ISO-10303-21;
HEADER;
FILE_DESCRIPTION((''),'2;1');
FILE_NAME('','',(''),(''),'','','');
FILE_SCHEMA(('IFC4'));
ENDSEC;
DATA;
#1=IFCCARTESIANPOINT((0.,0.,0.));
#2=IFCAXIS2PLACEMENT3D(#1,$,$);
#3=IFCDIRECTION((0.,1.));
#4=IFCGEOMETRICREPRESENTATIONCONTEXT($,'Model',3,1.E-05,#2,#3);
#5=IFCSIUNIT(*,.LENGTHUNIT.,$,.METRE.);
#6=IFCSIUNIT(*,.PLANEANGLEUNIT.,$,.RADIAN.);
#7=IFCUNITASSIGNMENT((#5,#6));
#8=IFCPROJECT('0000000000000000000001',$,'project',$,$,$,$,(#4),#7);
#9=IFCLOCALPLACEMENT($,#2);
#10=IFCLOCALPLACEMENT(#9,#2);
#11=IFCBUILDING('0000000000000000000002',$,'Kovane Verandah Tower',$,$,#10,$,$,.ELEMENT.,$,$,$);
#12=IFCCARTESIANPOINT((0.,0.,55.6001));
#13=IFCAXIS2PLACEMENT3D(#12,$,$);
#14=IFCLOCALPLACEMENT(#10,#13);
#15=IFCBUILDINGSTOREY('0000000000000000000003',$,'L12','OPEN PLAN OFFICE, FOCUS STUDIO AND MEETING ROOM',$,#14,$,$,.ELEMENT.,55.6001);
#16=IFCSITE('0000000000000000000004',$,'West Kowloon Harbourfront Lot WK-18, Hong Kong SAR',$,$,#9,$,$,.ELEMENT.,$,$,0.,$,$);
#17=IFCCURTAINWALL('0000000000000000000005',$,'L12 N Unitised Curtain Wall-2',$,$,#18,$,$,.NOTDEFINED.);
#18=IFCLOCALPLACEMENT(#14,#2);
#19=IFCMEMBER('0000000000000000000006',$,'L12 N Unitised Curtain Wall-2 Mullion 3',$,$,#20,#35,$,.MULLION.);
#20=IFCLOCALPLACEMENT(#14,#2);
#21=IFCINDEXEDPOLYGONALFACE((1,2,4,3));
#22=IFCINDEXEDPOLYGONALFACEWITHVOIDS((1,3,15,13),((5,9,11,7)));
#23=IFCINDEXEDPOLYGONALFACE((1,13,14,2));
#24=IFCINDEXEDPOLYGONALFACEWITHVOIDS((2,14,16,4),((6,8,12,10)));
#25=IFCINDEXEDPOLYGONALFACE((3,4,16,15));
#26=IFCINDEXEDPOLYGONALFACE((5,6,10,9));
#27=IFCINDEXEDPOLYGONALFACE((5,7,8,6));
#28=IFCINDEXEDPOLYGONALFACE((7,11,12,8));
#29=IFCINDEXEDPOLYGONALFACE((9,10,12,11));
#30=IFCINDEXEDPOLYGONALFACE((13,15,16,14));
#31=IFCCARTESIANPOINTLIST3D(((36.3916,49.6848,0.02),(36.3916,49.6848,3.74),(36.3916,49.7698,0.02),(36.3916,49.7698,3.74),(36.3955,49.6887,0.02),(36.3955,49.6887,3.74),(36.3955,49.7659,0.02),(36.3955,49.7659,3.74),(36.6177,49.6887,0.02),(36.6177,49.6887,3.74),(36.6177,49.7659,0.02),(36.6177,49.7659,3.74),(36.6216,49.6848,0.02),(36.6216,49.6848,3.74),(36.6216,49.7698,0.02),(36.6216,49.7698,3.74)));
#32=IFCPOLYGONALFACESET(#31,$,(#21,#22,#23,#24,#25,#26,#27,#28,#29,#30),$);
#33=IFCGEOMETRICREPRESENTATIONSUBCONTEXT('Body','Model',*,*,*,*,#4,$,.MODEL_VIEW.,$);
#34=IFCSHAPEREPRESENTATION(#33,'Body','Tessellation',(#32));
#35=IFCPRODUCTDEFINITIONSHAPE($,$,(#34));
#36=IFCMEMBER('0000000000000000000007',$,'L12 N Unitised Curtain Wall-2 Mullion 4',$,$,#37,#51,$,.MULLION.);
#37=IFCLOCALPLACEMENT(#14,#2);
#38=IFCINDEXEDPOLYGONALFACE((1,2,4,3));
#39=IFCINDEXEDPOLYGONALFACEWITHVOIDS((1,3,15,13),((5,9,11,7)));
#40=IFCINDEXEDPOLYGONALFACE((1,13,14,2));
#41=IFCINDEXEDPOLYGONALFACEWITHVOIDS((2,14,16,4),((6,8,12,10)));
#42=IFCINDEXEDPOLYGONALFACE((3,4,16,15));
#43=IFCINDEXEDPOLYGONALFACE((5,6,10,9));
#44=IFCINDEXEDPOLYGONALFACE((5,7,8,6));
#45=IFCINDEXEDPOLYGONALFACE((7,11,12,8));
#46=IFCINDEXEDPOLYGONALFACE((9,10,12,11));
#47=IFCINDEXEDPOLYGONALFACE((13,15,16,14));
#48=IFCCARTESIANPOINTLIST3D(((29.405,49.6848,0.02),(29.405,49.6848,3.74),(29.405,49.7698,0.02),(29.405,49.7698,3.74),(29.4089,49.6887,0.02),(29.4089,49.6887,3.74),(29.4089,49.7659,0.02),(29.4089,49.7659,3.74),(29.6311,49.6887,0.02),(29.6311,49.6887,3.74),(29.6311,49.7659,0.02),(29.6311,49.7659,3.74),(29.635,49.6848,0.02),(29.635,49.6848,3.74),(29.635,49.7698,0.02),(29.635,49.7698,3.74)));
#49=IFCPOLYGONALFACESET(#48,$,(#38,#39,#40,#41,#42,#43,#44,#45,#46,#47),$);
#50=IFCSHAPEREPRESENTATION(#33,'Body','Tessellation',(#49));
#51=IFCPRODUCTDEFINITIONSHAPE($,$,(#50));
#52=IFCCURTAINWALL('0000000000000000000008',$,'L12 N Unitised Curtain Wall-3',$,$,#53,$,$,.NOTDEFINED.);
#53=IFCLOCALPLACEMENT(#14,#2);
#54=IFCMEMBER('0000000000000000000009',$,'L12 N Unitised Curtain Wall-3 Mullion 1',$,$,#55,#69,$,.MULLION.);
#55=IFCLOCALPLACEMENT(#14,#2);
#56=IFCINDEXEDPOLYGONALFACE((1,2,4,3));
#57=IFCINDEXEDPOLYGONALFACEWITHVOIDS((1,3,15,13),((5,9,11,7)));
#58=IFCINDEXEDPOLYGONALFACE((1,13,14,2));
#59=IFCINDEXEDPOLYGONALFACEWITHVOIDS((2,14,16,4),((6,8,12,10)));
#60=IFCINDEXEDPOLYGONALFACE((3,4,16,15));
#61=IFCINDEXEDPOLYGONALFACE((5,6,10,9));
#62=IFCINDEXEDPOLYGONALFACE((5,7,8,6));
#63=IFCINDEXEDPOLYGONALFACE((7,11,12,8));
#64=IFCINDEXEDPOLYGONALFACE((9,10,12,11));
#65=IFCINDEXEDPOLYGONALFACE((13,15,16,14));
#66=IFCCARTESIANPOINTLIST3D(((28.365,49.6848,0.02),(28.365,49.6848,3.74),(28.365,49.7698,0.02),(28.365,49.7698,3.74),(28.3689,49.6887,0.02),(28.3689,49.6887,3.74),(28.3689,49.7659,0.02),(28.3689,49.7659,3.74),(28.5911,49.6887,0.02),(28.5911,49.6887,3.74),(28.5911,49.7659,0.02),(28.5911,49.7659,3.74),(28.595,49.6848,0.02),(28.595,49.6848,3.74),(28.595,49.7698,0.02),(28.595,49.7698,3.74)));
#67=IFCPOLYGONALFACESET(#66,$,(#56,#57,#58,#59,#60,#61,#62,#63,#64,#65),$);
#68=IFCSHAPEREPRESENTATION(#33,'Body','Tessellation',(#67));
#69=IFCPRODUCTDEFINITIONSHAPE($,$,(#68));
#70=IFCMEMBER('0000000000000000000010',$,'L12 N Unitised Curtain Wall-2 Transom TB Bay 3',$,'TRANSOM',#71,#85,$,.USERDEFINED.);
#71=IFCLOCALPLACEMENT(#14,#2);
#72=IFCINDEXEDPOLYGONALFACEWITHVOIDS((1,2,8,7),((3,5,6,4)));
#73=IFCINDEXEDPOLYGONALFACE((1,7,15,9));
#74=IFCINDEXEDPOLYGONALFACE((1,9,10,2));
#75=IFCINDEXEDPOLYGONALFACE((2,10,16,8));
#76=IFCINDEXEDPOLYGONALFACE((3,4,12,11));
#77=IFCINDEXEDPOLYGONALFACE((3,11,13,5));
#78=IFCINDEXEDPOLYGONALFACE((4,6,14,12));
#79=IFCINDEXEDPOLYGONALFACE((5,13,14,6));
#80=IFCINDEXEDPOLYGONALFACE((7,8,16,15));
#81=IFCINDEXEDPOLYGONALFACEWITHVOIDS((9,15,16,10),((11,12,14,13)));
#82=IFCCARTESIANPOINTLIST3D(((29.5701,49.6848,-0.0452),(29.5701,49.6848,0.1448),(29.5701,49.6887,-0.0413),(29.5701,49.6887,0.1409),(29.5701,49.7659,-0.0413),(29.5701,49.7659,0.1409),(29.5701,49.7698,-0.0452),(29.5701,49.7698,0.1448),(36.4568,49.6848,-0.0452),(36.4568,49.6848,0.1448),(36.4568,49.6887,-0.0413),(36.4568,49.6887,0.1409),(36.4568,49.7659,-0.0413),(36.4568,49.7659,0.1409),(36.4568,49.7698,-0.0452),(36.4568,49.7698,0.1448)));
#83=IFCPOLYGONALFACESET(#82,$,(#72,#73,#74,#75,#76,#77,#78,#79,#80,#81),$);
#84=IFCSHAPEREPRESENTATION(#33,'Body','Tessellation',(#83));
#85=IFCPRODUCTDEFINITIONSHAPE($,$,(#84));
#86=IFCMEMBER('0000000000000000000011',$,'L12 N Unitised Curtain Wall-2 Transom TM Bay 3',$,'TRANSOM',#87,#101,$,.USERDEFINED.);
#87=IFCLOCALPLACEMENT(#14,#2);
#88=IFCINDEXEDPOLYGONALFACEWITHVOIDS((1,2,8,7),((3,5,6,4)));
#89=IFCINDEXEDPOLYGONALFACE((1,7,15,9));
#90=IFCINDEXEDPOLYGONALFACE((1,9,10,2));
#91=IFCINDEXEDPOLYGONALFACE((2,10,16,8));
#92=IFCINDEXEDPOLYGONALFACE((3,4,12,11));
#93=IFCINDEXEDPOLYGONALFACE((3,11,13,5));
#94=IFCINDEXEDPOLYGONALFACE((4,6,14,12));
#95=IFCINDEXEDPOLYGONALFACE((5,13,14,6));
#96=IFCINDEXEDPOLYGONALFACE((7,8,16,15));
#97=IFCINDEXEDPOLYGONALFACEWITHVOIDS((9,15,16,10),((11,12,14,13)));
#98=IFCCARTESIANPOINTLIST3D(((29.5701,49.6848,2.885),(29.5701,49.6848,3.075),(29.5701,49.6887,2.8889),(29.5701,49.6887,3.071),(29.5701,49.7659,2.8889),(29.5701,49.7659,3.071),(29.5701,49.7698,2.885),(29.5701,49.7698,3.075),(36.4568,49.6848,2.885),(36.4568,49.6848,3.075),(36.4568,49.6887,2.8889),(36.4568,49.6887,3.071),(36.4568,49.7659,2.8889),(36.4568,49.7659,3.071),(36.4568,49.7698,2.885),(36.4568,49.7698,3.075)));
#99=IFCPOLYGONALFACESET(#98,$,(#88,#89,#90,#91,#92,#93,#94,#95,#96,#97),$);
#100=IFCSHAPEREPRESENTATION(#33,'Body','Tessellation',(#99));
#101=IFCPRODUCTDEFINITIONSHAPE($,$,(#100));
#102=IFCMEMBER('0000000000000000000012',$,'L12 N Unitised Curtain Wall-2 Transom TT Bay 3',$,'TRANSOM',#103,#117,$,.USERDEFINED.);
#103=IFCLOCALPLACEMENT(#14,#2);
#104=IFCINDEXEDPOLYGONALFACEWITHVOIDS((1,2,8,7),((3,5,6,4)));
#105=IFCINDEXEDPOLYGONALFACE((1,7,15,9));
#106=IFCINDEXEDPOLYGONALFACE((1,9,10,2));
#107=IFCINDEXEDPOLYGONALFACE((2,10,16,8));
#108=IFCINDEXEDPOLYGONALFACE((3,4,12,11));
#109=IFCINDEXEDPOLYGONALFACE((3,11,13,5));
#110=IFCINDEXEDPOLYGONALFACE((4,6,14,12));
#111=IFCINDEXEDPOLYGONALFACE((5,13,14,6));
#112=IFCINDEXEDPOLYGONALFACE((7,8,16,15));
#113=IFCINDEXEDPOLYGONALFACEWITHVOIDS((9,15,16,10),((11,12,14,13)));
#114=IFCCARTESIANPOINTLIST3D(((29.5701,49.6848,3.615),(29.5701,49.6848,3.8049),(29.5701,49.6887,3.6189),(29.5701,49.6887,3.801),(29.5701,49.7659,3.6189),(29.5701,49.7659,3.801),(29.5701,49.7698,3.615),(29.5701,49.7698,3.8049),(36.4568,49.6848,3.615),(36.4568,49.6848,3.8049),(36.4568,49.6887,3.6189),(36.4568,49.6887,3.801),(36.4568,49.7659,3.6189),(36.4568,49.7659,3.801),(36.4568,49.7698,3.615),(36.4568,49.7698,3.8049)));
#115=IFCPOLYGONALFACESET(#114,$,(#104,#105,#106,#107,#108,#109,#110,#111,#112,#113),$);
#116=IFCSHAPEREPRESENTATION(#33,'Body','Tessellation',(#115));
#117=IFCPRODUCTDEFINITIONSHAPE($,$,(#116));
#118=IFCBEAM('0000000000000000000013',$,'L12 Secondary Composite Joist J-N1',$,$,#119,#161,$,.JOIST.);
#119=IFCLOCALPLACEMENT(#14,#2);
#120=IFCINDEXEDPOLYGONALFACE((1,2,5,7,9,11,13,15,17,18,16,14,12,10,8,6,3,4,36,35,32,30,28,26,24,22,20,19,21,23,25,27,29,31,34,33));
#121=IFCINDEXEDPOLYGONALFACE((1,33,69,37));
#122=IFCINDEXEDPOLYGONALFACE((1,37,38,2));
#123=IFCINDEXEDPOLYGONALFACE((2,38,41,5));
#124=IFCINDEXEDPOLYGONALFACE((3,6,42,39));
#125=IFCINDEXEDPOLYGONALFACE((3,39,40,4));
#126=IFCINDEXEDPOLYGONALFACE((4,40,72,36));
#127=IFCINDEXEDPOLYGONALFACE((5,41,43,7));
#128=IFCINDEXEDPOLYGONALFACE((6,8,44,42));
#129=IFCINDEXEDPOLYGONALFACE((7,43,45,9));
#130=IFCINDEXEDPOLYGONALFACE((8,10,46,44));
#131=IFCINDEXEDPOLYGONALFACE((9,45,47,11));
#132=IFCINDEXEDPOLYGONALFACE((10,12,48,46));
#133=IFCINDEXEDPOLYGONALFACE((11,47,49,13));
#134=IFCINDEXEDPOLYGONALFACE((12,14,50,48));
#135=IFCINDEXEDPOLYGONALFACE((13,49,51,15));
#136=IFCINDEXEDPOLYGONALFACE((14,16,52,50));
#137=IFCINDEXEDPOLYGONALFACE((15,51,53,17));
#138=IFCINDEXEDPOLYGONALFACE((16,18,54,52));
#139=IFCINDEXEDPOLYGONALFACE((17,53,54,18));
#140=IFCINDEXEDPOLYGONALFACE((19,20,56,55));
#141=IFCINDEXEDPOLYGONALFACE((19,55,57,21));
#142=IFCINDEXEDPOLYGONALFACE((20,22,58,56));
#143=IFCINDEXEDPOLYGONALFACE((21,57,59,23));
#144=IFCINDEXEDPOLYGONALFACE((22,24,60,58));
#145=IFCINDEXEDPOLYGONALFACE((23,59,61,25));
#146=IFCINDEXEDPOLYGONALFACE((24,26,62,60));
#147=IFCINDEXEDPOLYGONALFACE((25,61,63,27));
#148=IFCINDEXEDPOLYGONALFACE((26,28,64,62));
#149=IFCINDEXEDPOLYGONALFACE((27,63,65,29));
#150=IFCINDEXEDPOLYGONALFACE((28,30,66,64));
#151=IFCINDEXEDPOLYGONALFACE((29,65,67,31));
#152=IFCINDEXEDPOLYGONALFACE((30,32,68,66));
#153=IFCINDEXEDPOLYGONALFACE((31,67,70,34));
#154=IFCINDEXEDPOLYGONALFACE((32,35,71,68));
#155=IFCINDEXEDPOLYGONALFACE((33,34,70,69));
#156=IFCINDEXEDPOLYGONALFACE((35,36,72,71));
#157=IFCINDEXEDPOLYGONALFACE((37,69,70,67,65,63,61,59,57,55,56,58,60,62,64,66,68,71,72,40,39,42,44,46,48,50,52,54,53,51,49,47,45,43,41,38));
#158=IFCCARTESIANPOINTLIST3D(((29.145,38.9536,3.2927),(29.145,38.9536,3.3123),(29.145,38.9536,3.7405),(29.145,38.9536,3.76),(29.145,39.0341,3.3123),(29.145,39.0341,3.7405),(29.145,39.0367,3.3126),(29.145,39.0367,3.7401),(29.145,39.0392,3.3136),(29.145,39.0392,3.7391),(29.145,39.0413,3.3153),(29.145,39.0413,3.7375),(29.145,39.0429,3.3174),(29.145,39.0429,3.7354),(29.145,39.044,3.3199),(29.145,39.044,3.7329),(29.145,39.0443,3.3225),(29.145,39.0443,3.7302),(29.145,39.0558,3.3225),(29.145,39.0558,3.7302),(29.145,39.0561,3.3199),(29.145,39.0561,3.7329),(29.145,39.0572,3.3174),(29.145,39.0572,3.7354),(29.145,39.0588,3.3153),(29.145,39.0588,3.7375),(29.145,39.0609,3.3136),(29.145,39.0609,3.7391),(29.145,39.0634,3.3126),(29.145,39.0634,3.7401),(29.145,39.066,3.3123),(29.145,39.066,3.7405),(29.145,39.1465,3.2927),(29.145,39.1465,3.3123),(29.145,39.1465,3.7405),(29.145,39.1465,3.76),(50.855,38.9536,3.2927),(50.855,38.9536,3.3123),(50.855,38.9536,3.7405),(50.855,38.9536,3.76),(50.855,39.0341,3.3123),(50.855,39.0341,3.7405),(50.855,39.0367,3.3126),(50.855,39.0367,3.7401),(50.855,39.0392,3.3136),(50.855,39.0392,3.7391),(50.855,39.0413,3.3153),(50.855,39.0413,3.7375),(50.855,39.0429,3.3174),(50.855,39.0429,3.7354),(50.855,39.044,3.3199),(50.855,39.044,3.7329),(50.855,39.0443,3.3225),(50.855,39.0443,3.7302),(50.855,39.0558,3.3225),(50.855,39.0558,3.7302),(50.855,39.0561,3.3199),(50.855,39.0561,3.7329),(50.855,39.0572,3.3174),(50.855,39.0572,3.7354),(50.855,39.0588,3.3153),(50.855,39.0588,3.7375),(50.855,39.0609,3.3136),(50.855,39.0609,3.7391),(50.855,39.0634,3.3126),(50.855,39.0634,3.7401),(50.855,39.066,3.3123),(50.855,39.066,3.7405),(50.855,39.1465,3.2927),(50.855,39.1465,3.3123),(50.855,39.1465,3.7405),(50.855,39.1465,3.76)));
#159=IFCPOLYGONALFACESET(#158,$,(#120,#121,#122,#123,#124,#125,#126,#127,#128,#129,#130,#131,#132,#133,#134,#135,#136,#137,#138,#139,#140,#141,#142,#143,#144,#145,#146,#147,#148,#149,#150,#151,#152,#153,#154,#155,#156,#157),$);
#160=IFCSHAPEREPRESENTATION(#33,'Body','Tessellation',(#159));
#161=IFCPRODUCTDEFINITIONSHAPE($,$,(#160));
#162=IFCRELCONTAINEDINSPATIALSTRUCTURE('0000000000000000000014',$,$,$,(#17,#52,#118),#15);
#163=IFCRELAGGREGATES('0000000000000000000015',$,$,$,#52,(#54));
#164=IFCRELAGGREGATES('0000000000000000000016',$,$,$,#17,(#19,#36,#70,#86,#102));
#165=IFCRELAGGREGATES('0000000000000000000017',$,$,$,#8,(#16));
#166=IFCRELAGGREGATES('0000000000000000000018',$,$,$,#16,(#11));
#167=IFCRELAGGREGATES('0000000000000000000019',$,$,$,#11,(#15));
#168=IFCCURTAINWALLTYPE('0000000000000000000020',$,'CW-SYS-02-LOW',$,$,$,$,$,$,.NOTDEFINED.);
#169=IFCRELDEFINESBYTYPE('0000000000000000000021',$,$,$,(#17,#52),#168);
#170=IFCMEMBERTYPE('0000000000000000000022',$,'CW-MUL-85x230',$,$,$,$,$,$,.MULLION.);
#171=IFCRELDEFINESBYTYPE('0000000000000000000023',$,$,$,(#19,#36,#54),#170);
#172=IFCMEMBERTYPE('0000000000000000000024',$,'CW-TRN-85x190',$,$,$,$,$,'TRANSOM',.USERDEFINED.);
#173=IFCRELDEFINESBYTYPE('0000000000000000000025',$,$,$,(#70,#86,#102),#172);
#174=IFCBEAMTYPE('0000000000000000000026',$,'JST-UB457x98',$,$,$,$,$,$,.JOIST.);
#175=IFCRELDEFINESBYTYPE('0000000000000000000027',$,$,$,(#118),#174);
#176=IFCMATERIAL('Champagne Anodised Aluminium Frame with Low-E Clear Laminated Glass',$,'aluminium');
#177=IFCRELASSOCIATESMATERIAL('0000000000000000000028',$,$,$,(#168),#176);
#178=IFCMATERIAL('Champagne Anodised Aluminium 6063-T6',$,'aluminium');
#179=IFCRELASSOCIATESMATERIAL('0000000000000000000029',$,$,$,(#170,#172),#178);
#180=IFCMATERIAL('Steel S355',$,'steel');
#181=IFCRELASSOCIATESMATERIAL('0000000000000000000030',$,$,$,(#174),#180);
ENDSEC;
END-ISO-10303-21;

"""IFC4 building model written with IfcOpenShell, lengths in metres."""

from ifc_helpers import new_model, si_unit, direction, frame, origin, origin_2d, place, context, subcontext, project, spatial, hollow_rectangle, i_section, extrude, material, material_profile, profile_set, type_object, element, aggregate, save


model = new_model("IFC4")

# Units and contexts
model_context = context("Model", 3, precision=1e-05, world=origin(), true_north=direction((0.0, 1.0)))
body_context = subcontext(model_context, "Body", "Model", "MODEL_VIEW")
ifc_project = project(units=[si_unit("LENGTHUNIT", "METRE"), si_unit("PLANEANGLEUNIT", "RADIAN")], contexts=[model_context])

# Site, building, storey
site_placement = place(None, origin())
site = spatial("IfcSite", under=ifc_project, at=site_placement, Name="West Kowloon Harbourfront Lot WK-18, Hong Kong SAR", CompositionType="ELEMENT", RefElevation=0.0)
building_placement = place(site_placement, origin())
building = spatial("IfcBuilding", under=site, at=building_placement, Name="Kovane Verandah Tower", CompositionType="ELEMENT")
storey_placement = place(building_placement, frame((0.0, 0.0, 55.6001)))
storey = spatial("IfcBuildingStorey", under=building, at=storey_placement, Name="L12", Description="OPEN PLAN OFFICE, FOCUS STUDIO AND MEETING ROOM", CompositionType="ELEMENT", Elevation=55.6001)

# Shared definitions
ifc_material_1 = material(Name="Steel S355", Category="steel")

# Curtain wall, members
ifc_material_2 = material(Name="Champagne Anodised Aluminium Frame with Low-E Clear Laminated Glass", Category="aluminium")
curtain_wall_type = type_object("IfcCurtainWallType", Name="CW-SYS-02-LOW", PredefinedType="NOTDEFINED", material=ifc_material_2)
curtain_wall_1_placement = place(storey_placement, origin())
curtain_wall_1 = element("IfcCurtainWall", 1, at=curtain_wall_1_placement, inside=storey, type_object=curtain_wall_type, Name="L12 N Unitised Curtain Wall-2", PredefinedType="NOTDEFINED")
ifc_material_3 = material(Name="Champagne Anodised Aluminium 6063-T6", Category="aluminium")
ifc_material_profile_1 = material_profile(ifc_material_3, hollow_rectangle(XDim=0.085, YDim=0.23, WallThickness=0.0039, at=origin_2d()), Name="AL85x230x4")
ifc_profile_set_1 = profile_set([ifc_material_profile_1], Name="Champagne Anodised Aluminium 6063-T6")
member_type_1 = type_object("IfcMemberType", Name="CW-MUL-85x230", PredefinedType="MULLION", material=ifc_profile_set_1)
member_1_placement = place(storey_placement, frame((36.5066, 49.7273, 0.02), z_axis=(0.0, 0.0, 1.0), x_axis=(0.0, 1.0, 0.0)))
member_1 = element("IfcMember", 2, at=member_1_placement, type_object=member_type_1, Name="L12 N Unitised Curtain Wall-2 Mullion 3", PredefinedType="MULLION", context=body_context, shape_type="SweptSolid", body=[
    extrude(hollow_rectangle(XDim=0.085, YDim=0.23, WallThickness=0.0039, at=origin_2d()), origin(), (0.0, 0.0, 1.0), 3.72),
])
member_2_placement = place(storey_placement, frame((29.52, 49.7273, 0.02), z_axis=(0.0, 0.0, 1.0), x_axis=(0.0, 1.0, 0.0)))
member_2 = element("IfcMember", 3, at=member_2_placement, type_object=member_type_1, Name="L12 N Unitised Curtain Wall-2 Mullion 4", PredefinedType="MULLION", context=body_context, shape_type="SweptSolid", body=[
    extrude(hollow_rectangle(XDim=0.085, YDim=0.23, WallThickness=0.0039, at=origin_2d()), origin(), (0.0, 0.0, 1.0), 3.72),
])

# Curtain wall, member
curtain_wall_2_placement = place(storey_placement, origin())
curtain_wall_2 = element("IfcCurtainWall", 4, at=curtain_wall_2_placement, inside=storey, type_object=curtain_wall_type, Name="L12 N Unitised Curtain Wall-3", PredefinedType="NOTDEFINED")
member_3_placement = place(storey_placement, frame((28.48, 49.7273, 0.02), z_axis=(0.0, 0.0, 1.0), x_axis=(0.0, 1.0, 0.0)))
member_3 = element("IfcMember", 5, at=member_3_placement, type_object=member_type_1, Name="L12 N Unitised Curtain Wall-3 Mullion 1", PredefinedType="MULLION", context=body_context, shape_type="SweptSolid", body=[
    extrude(hollow_rectangle(XDim=0.085, YDim=0.23, WallThickness=0.0039, at=origin_2d()), origin(), (0.0, 0.0, 1.0), 3.72),
])
aggregate(curtain_wall_2, [member_3])

# Members
ifc_material_profile_2 = material_profile(ifc_material_3, hollow_rectangle(XDim=0.085, YDim=0.1899, WallThickness=0.0039, at=origin_2d()), Name="AL85x190x4")
ifc_profile_set_2 = profile_set([ifc_material_profile_2], Name="Champagne Anodised Aluminium 6063-T6")
member_type_2 = type_object("IfcMemberType", Name="CW-TRN-85x190", ElementType="TRANSOM", PredefinedType="USERDEFINED", material=ifc_profile_set_2)
member_4_placement = place(storey_placement, frame((36.4568, 49.7273, 0.0498), z_axis=(-1.0, 0.0, 0.0), x_axis=(0.0, -1.0, 0.0)))
member_4 = element("IfcMember", 6, at=member_4_placement, type_object=member_type_2, Name="L12 N Unitised Curtain Wall-2 Transom TB Bay 3", ObjectType="TRANSOM", PredefinedType="USERDEFINED", context=body_context, shape_type="SweptSolid", body=[
    extrude(hollow_rectangle(XDim=0.085, YDim=0.1899, WallThickness=0.0039, at=origin_2d()), origin(), (0.0, 0.0, 1.0), 6.8867),
])
member_5_placement = place(storey_placement, frame((36.4568, 49.7273, 2.98), z_axis=(-1.0, 0.0, 0.0), x_axis=(0.0, -1.0, 0.0)))
member_5 = element("IfcMember", 7, at=member_5_placement, type_object=member_type_2, Name="L12 N Unitised Curtain Wall-2 Transom TM Bay 3", ObjectType="TRANSOM", PredefinedType="USERDEFINED", context=body_context, shape_type="SweptSolid", body=[
    extrude(hollow_rectangle(XDim=0.085, YDim=0.1899, WallThickness=0.0039, at=origin_2d()), origin(), (0.0, 0.0, 1.0), 6.8867),
])
member_6_placement = place(storey_placement, frame((36.4568, 49.7273, 3.71), z_axis=(-1.0, 0.0, 0.0), x_axis=(0.0, -1.0, 0.0)))
member_6 = element("IfcMember", 8, at=member_6_placement, type_object=member_type_2, Name="L12 N Unitised Curtain Wall-2 Transom TT Bay 3", ObjectType="TRANSOM", PredefinedType="USERDEFINED", context=body_context, shape_type="SweptSolid", body=[
    extrude(hollow_rectangle(XDim=0.085, YDim=0.1899, WallThickness=0.0039, at=origin_2d()), origin(), (0.0, 0.0, 1.0), 6.8867),
])

# Beam
ifc_material_profile_3 = material_profile(ifc_material_1, i_section(OverallWidth=0.1929, OverallDepth=0.4673, WebThickness=0.0115, FlangeThickness=0.0195, FilletRadius=0.0103, at=origin_2d()), Name="UB457x191x98")
ifc_profile_set_3 = profile_set([ifc_material_profile_3], Name="Steel S355")
beam_type_1 = type_object("IfcBeamType", Name="JST-UB457x98", PredefinedType="JOIST", material=ifc_profile_set_3)
for number, where, z_axis, x_axis, name in (
    (9, (29.145, 39.05, 3.5264), (1.0, 0.0, 0.0), (0.0, 1.0, 0.0), "L12 Secondary Composite Joist J-N1"),
):
    element("IfcBeam", number, at=place(storey_placement, frame(where, z_axis=z_axis, x_axis=x_axis)), inside=storey, type_object=beam_type_1, Name=name, PredefinedType="JOIST", context=body_context, shape_type="SweptSolid", body=[
        extrude(i_section(OverallWidth=0.1929, OverallDepth=0.4673, WebThickness=0.0115, FlangeThickness=0.0195, FilletRadius=0.0103, at=origin_2d()), origin(), (0.0, 0.0, 1.0), 21.71),
    ])

aggregate(curtain_wall_1, [member_1, member_2, member_4, member_5, member_6])

save(model, "model.ifc")
